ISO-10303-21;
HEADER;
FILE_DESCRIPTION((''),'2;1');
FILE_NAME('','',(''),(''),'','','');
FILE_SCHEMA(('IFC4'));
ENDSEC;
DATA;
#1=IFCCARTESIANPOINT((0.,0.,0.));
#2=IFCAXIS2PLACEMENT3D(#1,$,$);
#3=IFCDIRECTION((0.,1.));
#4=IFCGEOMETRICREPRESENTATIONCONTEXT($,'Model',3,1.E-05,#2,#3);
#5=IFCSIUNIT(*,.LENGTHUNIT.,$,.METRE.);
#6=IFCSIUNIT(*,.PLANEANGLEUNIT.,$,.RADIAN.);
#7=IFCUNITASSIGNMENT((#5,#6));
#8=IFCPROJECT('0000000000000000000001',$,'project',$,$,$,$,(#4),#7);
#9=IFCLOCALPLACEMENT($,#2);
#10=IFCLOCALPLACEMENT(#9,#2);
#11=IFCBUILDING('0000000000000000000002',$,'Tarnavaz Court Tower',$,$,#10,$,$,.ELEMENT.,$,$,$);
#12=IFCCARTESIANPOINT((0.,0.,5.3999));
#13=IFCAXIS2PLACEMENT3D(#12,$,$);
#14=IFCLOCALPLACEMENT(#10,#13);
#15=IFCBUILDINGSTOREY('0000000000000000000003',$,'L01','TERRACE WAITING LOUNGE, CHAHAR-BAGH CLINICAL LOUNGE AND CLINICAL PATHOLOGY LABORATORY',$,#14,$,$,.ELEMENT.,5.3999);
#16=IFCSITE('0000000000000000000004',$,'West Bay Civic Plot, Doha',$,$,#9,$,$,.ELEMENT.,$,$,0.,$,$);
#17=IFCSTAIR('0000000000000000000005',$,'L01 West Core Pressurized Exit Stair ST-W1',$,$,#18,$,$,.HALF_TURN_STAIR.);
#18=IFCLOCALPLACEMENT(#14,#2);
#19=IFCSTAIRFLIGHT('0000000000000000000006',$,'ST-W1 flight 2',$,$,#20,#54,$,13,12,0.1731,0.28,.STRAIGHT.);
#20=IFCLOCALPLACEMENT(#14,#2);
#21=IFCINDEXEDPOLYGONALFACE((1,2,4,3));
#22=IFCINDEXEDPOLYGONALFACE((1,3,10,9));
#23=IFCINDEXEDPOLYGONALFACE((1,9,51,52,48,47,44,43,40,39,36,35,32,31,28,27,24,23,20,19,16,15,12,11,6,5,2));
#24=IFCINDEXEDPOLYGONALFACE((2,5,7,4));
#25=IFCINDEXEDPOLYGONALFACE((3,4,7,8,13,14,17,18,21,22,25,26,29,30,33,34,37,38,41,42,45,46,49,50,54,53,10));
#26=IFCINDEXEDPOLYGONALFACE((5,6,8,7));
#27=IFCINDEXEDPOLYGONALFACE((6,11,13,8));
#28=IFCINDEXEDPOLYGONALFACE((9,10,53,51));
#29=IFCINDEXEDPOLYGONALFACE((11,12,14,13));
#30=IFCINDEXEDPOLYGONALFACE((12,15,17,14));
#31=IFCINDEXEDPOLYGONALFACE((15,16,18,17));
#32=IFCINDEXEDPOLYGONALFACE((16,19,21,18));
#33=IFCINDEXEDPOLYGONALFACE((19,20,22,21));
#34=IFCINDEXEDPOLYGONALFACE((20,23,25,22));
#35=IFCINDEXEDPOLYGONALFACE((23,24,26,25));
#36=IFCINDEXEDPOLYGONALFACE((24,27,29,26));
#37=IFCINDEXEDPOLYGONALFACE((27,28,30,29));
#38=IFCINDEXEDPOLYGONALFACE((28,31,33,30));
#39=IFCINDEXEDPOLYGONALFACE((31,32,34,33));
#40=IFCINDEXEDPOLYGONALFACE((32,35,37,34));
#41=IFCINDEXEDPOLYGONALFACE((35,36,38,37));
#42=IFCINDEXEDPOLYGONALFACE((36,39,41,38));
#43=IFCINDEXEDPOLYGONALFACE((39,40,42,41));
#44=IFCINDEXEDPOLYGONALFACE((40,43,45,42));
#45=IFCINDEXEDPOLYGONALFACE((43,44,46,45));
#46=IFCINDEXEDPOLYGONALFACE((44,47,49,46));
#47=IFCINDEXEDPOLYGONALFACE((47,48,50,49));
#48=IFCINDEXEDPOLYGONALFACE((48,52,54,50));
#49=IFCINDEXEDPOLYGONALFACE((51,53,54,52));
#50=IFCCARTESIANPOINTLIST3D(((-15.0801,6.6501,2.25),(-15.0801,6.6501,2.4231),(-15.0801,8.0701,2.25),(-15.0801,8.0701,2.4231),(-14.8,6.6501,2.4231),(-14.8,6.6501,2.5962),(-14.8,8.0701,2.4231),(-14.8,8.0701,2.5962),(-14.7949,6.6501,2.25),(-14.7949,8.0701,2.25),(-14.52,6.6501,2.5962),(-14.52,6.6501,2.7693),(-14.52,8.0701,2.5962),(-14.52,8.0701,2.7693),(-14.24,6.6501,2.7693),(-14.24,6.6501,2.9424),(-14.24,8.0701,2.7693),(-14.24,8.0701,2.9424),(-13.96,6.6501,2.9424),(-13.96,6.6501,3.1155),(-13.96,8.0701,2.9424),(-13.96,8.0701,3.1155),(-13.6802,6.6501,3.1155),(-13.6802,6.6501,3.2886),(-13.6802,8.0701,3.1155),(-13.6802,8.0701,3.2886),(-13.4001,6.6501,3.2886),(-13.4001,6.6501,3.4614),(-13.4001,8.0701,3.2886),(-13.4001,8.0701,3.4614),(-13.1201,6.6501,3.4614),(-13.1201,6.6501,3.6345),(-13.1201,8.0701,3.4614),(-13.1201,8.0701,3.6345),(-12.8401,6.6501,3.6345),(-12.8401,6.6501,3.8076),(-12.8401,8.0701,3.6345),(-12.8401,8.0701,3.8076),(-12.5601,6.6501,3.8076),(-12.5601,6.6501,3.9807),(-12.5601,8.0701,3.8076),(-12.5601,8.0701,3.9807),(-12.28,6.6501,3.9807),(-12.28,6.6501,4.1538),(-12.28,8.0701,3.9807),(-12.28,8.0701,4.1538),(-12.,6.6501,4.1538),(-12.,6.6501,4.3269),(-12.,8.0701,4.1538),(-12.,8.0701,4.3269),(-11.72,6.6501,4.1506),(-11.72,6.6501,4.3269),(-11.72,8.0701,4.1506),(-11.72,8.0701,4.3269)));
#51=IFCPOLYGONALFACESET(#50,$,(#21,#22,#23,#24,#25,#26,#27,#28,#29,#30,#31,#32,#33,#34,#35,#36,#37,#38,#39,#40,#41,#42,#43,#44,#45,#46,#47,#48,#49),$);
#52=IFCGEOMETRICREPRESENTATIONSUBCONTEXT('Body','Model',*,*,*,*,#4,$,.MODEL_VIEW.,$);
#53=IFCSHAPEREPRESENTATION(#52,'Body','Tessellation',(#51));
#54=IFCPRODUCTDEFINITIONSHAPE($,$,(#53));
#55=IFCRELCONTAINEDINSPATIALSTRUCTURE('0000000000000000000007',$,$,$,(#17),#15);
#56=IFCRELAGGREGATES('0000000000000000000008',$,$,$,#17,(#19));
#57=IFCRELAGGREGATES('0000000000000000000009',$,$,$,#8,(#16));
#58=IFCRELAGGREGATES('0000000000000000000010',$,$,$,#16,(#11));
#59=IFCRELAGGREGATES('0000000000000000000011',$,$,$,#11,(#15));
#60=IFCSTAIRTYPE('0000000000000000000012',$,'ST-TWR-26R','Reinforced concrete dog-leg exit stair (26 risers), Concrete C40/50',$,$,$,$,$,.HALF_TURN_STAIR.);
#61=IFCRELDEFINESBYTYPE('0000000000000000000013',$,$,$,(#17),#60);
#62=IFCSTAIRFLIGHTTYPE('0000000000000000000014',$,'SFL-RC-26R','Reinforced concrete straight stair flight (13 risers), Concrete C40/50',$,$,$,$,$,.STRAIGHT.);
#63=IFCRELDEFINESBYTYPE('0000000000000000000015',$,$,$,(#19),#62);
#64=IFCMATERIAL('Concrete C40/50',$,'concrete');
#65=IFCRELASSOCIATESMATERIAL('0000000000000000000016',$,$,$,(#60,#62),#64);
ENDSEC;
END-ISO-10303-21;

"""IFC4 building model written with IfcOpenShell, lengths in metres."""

from ifc_helpers import new_model, si_unit, direction, frame, origin, place, context, subcontext, project, spatial, polyline, outline, extrude, material, type_object, element, aggregate, save


model = new_model("IFC4")

# Units and contexts
model_context = context("Model", 3, precision=1e-05, world=origin(), true_north=direction((0.0, 1.0)))
body_context = subcontext(model_context, "Body", "Model", "MODEL_VIEW")
ifc_project = project(units=[si_unit("LENGTHUNIT", "METRE"), si_unit("PLANEANGLEUNIT", "RADIAN")], contexts=[model_context])

# Site, building, storey
site_placement = place(None, origin())
site = spatial("IfcSite", under=ifc_project, at=site_placement, Name="West Bay Civic Plot, Doha", CompositionType="ELEMENT", RefElevation=0.0)
building_placement = place(site_placement, origin())
building = spatial("IfcBuilding", under=site, at=building_placement, Name="Tarnavaz Court Tower", CompositionType="ELEMENT")
storey_placement = place(building_placement, frame((0.0, 0.0, 5.3999)))
storey = spatial("IfcBuildingStorey", under=building, at=storey_placement, Name="L01", Description="TERRACE WAITING LOUNGE, CHAHAR-BAGH CLINICAL LOUNGE AND CLINICAL PATHOLOGY LABORATORY", CompositionType="ELEMENT", Elevation=5.3999)

# Stair, stair flight
ifc_material_1 = material(Name="Concrete C40/50", Category="concrete")
stair_type = type_object("IfcStairType", Name="ST-TWR-26R", Description="Reinforced concrete dog-leg exit stair (26 risers), Concrete C40/50", PredefinedType="HALF_TURN_STAIR", material=ifc_material_1)
stair_placement = place(storey_placement, origin())
stair = element("IfcStair", 1, at=stair_placement, inside=storey, type_object=stair_type, Name="L01 West Core Pressurized Exit Stair ST-W1", PredefinedType="HALF_TURN_STAIR")
stair_flight_type = type_object("IfcStairFlightType", Name="SFL-RC-26R", Description="Reinforced concrete straight stair flight (13 risers), Concrete C40/50", PredefinedType="STRAIGHT", material=ifc_material_1)
stair_flight_placement = place(storey_placement, frame((-15.0801, 7.3601, 2.25), z_axis=(0.0, 0.0, 1.0), x_axis=(1.0, 0.0, 0.0)))
stair_flight = element("IfcStairFlight", 2, at=stair_flight_placement, type_object=stair_flight_type, Name="ST-W1 flight 2", NumberOfRisers=13, NumberOfTreads=12, PredefinedType="STRAIGHT", RiserHeight=0.1731, TreadLength=0.28, context=body_context, shape_type="SweptSolid", body=[
    extrude(outline(polyline([(0.0, 0.0), (0.0, 0.1731), (0.28, 0.1731), (0.28, 0.3462), (0.5601, 0.3462), (0.5601, 0.5193), (0.8401, 0.5193), (0.8401, 0.6924), (1.1201, 0.6924), (1.1201, 0.8655), (1.3999, 0.8655), (1.3999, 1.0386), (1.6799, 1.0386), (1.6799, 1.2114), (1.96, 1.2114), (1.96, 1.3845), (2.24, 1.3845), (2.24, 1.5576), (2.52, 1.5576), (2.52, 1.7307), (2.8, 1.7307), (2.8, 1.9038), (3.0801, 1.9038), (3.0801, 2.0769), (3.3601, 2.0769), (3.3601, 2.25), (3.3601, 1.9006), (0.2852, 0.0), (0.0, 0.0)])), frame((0.0, 0.71, 0.0), z_axis=(0.0, -1.0, 0.0), x_axis=(1.0, 0.0, 0.0)), (0.0, 0.0, 1.0), 1.4199),
])
aggregate(stair, [stair_flight])

save(model, "model.ifc")
